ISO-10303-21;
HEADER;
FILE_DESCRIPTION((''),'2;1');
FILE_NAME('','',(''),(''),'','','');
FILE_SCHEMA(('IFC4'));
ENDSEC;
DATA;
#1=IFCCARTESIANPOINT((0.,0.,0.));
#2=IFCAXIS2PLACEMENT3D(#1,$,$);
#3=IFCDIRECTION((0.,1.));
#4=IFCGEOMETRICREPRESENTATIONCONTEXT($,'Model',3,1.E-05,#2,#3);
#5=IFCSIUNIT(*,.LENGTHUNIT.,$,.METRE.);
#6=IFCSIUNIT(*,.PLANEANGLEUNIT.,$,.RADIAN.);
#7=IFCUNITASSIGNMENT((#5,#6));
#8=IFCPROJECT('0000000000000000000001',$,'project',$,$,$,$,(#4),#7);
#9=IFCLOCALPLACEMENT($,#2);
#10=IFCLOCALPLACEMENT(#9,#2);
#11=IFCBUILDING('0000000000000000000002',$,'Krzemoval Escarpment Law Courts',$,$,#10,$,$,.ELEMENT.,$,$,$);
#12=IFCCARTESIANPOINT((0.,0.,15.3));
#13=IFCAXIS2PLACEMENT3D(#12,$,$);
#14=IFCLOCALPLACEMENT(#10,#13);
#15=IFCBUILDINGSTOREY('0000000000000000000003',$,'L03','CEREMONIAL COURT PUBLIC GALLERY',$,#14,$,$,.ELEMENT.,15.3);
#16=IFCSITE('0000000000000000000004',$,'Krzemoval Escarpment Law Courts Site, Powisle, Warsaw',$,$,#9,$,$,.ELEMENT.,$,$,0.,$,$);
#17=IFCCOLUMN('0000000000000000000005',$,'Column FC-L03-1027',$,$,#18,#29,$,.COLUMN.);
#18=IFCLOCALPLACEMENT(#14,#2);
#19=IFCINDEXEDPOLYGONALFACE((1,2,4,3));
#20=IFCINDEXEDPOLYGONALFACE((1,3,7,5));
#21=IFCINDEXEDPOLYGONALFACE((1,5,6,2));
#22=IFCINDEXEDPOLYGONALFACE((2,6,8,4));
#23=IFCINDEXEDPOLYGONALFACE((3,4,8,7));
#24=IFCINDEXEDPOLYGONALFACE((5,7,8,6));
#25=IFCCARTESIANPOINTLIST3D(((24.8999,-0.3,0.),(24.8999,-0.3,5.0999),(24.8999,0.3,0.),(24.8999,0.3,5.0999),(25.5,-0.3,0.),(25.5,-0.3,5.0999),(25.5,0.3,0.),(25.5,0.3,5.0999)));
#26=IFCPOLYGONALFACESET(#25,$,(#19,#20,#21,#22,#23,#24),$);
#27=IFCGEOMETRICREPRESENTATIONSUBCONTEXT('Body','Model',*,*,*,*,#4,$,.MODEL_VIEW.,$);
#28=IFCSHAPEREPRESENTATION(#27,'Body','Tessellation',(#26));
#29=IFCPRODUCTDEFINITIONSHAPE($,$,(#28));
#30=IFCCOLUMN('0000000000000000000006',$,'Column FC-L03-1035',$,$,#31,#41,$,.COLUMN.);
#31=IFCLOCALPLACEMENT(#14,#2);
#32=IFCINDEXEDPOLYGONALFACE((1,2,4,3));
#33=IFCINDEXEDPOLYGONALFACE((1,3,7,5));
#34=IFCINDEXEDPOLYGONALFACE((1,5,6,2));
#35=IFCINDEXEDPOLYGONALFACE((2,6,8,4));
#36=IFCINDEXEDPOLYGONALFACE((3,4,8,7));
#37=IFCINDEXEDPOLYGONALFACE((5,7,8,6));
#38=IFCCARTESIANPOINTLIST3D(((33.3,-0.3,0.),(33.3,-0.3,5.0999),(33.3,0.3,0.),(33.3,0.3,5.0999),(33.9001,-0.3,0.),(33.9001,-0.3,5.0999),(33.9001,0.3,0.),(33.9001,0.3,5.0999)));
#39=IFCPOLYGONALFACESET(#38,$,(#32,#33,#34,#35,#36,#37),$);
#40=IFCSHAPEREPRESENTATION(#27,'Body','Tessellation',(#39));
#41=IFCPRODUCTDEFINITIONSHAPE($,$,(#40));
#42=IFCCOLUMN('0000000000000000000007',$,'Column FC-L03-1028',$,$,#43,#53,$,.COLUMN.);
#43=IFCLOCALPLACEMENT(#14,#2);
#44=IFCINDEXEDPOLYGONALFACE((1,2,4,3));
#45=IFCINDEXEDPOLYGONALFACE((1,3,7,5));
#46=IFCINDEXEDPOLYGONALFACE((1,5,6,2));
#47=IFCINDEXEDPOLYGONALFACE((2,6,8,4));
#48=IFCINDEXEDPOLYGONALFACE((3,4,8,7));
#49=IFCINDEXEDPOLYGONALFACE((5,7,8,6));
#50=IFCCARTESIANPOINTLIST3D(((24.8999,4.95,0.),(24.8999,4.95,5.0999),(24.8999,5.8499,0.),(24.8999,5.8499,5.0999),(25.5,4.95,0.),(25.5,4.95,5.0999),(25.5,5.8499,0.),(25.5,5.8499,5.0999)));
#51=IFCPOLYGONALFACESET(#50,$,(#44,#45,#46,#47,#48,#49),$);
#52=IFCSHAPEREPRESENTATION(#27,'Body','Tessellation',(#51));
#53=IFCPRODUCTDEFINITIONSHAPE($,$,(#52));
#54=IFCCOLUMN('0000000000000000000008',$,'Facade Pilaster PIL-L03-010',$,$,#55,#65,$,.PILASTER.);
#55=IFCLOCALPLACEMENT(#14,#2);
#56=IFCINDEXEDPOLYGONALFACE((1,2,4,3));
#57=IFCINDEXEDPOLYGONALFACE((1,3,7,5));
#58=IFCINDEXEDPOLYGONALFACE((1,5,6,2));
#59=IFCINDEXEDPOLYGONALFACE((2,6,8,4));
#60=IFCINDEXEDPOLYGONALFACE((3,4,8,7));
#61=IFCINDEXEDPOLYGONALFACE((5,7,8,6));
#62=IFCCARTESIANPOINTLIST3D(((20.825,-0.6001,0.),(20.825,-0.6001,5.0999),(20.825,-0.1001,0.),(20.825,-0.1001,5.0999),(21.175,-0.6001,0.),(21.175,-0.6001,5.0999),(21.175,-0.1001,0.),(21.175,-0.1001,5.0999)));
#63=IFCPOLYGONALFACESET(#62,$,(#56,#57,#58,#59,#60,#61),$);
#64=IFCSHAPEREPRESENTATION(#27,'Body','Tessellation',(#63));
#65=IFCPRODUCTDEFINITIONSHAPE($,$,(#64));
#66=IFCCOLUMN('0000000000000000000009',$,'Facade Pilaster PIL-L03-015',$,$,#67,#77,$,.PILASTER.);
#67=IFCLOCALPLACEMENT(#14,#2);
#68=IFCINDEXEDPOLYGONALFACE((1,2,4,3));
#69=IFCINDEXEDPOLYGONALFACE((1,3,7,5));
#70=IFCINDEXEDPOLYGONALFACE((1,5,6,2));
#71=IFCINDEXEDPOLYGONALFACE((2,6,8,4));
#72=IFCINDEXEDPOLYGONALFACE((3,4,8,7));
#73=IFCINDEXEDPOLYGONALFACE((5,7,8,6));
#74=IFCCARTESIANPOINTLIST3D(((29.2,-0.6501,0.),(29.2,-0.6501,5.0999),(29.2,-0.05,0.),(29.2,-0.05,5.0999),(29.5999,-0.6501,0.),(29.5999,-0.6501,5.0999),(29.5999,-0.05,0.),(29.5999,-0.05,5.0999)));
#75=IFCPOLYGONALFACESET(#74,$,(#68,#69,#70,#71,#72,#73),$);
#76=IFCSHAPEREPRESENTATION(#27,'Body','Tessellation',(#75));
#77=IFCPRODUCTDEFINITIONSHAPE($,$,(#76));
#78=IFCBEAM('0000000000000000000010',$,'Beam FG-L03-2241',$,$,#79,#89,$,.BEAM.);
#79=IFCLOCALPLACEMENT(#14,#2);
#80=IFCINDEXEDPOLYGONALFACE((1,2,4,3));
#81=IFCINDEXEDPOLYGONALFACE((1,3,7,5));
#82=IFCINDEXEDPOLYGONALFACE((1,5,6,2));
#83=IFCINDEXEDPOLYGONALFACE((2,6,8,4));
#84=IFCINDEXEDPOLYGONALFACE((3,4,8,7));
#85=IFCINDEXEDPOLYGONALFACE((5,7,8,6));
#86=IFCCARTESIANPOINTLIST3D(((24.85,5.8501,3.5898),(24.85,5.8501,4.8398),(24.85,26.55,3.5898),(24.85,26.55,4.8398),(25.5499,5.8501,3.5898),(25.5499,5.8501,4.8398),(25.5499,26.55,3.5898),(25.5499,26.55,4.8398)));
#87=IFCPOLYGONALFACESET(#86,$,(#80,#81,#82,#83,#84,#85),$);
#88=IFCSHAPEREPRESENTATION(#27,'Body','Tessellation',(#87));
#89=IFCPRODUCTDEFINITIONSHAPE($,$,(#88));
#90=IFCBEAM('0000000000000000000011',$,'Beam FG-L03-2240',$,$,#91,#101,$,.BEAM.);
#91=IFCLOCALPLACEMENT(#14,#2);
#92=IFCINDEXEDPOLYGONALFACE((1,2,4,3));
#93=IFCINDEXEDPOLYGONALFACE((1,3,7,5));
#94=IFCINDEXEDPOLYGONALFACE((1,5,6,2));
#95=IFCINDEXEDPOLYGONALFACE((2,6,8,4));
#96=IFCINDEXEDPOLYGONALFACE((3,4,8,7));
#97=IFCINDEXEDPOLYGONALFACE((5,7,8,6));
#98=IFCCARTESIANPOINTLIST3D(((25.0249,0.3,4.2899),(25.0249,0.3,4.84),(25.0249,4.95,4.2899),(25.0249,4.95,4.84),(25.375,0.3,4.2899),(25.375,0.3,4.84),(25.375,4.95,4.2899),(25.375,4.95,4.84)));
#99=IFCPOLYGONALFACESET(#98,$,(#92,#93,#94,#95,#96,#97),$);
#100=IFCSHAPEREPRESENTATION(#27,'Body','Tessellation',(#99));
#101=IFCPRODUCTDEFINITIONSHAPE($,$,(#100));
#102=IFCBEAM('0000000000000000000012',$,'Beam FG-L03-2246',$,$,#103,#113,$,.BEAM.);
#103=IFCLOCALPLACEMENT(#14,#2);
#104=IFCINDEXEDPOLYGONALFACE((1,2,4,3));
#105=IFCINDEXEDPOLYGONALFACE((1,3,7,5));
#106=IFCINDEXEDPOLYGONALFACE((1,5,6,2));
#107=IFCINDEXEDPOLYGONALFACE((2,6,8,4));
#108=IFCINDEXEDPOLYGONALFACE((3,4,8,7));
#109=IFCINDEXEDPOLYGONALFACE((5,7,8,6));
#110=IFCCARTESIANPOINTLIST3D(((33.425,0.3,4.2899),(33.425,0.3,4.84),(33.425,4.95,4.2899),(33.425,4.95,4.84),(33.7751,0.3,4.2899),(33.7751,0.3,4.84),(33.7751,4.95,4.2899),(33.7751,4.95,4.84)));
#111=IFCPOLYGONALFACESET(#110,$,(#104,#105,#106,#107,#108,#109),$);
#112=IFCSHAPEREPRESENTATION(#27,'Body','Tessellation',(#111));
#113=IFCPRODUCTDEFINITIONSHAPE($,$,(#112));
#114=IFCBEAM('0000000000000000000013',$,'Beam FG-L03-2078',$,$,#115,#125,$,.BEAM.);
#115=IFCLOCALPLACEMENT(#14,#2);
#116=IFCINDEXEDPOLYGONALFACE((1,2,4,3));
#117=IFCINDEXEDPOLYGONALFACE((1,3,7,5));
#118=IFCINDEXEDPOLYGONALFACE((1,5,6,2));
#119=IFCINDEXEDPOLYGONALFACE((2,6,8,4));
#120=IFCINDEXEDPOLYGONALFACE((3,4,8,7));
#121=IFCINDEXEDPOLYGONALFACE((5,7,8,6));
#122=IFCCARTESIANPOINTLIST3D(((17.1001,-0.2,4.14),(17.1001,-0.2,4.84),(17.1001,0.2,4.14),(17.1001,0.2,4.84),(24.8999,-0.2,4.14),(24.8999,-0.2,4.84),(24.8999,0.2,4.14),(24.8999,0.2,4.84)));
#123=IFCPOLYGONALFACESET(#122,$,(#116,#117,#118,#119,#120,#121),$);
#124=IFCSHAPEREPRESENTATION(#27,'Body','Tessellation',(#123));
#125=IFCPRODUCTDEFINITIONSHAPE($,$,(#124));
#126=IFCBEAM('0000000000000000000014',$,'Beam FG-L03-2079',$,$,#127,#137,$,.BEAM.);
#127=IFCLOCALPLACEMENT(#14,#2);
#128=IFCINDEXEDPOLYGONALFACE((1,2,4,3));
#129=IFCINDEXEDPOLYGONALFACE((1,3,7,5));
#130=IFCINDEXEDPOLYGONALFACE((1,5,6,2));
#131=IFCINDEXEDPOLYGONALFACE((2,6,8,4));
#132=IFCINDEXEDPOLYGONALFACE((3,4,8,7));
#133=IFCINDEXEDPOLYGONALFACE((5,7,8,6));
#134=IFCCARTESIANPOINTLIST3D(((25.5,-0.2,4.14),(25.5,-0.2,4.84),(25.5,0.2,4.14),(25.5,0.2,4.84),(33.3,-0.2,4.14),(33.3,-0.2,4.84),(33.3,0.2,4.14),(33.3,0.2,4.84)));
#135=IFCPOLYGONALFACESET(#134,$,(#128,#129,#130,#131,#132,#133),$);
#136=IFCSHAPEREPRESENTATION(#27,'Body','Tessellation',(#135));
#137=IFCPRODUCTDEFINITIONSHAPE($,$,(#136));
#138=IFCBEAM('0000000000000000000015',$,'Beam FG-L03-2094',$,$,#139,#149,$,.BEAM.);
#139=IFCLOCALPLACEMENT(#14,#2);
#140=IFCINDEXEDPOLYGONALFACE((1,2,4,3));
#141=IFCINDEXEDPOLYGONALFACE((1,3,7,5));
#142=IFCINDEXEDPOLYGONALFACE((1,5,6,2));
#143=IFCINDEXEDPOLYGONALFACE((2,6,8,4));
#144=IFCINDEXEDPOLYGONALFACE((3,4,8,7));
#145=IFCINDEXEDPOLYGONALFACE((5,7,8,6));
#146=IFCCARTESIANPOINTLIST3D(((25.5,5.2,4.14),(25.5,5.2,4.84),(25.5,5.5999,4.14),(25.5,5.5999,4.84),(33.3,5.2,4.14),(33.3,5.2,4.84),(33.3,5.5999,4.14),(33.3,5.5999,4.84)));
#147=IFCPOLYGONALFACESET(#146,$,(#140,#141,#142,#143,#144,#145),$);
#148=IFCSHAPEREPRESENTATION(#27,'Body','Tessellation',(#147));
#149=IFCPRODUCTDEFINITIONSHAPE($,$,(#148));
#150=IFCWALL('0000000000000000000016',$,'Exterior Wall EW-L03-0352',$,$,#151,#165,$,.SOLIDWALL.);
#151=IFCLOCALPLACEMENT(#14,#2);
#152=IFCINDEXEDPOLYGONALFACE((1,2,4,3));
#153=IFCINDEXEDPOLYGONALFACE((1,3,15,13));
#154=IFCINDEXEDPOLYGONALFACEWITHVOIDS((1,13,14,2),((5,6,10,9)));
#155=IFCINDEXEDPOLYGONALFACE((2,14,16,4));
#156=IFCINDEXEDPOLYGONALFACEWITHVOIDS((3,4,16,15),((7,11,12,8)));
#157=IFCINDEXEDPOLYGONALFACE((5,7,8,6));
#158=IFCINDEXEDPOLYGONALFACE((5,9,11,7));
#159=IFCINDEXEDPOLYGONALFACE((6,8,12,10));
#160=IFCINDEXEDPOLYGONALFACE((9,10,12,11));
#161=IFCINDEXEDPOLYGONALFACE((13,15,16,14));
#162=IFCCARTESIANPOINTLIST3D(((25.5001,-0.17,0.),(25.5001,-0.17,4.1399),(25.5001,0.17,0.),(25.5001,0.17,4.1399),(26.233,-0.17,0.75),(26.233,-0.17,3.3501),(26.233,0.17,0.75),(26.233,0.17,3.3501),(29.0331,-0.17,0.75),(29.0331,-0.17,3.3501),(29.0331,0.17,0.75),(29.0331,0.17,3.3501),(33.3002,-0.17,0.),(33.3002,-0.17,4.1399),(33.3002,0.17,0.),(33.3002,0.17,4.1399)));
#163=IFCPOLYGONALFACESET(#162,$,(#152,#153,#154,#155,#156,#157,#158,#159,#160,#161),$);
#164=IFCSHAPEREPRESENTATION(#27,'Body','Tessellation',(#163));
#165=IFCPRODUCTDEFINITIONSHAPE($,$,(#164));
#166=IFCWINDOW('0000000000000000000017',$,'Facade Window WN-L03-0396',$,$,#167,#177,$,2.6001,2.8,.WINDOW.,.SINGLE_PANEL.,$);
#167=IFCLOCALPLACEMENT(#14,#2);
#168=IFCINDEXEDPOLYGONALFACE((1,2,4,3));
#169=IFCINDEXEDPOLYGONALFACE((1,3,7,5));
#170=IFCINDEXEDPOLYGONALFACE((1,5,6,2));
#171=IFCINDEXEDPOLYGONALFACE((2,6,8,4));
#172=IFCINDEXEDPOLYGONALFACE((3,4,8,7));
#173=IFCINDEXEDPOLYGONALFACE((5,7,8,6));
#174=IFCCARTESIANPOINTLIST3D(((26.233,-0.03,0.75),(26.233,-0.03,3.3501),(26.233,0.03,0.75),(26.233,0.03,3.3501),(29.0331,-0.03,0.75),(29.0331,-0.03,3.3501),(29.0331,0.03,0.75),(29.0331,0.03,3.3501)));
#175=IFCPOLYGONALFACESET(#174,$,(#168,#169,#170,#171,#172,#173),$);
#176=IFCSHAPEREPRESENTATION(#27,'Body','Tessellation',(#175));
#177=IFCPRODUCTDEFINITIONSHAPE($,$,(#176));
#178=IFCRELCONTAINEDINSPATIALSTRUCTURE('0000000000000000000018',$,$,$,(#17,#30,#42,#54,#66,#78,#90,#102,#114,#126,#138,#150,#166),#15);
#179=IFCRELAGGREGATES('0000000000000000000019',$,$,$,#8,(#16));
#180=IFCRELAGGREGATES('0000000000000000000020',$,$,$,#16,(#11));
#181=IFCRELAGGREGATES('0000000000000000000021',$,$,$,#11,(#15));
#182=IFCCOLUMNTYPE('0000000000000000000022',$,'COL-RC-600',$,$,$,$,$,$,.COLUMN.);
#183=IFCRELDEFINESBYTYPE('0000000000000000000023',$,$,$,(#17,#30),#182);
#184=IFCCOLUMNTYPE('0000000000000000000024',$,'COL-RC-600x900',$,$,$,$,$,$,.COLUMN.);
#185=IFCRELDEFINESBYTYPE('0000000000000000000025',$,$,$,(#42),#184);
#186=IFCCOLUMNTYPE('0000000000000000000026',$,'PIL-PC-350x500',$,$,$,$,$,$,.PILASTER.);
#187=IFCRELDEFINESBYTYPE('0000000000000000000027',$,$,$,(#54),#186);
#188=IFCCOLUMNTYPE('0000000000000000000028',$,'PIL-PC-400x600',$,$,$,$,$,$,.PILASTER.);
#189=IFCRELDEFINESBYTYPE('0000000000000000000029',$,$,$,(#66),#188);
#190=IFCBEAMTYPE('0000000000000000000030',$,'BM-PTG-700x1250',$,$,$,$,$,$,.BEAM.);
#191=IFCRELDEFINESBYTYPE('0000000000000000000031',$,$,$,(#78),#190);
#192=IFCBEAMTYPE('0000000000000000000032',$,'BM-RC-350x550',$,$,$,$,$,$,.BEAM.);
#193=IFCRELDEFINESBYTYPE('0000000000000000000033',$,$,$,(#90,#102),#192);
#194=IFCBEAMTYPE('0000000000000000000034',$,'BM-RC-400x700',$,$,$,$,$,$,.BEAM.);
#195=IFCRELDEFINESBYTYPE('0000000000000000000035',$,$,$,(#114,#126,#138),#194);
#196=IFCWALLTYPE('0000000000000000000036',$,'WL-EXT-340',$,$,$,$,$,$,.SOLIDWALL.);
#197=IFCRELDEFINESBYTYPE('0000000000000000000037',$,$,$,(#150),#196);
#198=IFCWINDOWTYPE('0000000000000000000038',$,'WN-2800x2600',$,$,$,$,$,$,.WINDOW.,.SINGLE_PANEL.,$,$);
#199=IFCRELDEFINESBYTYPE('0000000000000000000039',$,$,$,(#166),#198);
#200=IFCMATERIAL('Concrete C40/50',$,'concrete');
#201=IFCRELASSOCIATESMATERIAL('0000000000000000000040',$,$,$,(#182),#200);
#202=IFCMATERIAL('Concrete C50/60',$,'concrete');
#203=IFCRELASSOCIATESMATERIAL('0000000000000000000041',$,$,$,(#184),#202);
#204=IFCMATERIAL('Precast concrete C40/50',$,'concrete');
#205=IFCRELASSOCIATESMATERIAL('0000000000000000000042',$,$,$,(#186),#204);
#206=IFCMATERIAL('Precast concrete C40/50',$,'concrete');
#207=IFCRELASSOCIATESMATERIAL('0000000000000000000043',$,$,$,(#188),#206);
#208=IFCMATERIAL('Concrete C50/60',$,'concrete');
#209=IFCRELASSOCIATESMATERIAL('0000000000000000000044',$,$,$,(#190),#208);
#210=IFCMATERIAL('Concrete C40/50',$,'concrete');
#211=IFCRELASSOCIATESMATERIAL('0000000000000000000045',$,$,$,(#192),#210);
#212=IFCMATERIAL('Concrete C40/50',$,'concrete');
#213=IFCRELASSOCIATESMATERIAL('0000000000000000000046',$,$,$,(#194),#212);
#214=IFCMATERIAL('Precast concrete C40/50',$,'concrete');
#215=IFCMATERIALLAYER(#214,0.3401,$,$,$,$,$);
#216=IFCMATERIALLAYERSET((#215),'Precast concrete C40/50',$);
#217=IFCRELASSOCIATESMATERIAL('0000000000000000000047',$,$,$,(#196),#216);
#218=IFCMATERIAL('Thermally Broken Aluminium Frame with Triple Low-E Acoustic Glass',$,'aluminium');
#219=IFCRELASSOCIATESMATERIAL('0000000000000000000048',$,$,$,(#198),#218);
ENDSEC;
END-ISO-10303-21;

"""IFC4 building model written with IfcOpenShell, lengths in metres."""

from ifc_helpers import new_model, si_unit, direction, frame, frame_2d, origin, origin_2d, place, context, subcontext, project, spatial, rectangle, extrude, material, layer, layer_set, material_profile, profile_set, type_object, element, fill, save


model = new_model("IFC4")

# Units and contexts
model_context = context("Model", 3, precision=1e-05, world=origin(), true_north=direction((0.0, 1.0)))
body_context = subcontext(model_context, "Body", "Model", "MODEL_VIEW")
ifc_project = project(units=[si_unit("LENGTHUNIT", "METRE"), si_unit("PLANEANGLEUNIT", "RADIAN")], contexts=[model_context])

# Site, building, storey
site_placement = place(None, origin())
site = spatial("IfcSite", under=ifc_project, at=site_placement, Name="Krzemoval Escarpment Law Courts Site, Powisle, Warsaw", CompositionType="ELEMENT", RefElevation=0.0)
building_placement = place(site_placement, origin())
building = spatial("IfcBuilding", under=site, at=building_placement, Name="Krzemoval Escarpment Law Courts", CompositionType="ELEMENT")
storey_placement = place(building_placement, frame((0.0, 0.0, 15.3)))
storey = spatial("IfcBuildingStorey", under=building, at=storey_placement, Name="L03", Description="CEREMONIAL COURT PUBLIC GALLERY", CompositionType="ELEMENT", Elevation=15.3)

# Columns
ifc_material_1 = material(Name="Concrete C40/50", Category="concrete")
ifc_material_profile_1 = material_profile(ifc_material_1, rectangle(XDim=0.6001, YDim=0.6001, at=origin_2d()), Name="RC 600x600")
ifc_profile_set_1 = profile_set([ifc_material_profile_1], Name="Concrete C40/50")
column_type_1 = type_object("IfcColumnType", Name="COL-RC-600", PredefinedType="COLUMN", material=ifc_profile_set_1)
for number, where, z_axis, x_axis, name in (
    (1, (25.2, 0.0, 0.0), (0.0, 0.0, 1.0), (1.0, 0.0, 0.0), "Column FC-L03-1027"),
    (2, (33.6001, 0.0, 0.0), (0.0, 0.0, 1.0), (1.0, 0.0, 0.0), "Column FC-L03-1035"),
):
    element("IfcColumn", number, at=place(storey_placement, frame(where, z_axis=z_axis, x_axis=x_axis)), inside=storey, type_object=column_type_1, Name=name, PredefinedType="COLUMN", context=body_context, shape_type="SweptSolid", body=[
        extrude(rectangle(XDim=0.6001, YDim=0.6001, at=origin_2d()), origin(), (0.0, 0.0, 1.0), 5.0999),
    ])
ifc_material_2 = material(Name="Concrete C50/60", Category="concrete")
ifc_material_profile_2 = material_profile(ifc_material_2, rectangle(XDim=0.6001, YDim=0.8999, at=origin_2d()), Name="RC 600x900")
ifc_profile_set_2 = profile_set([ifc_material_profile_2], Name="Concrete C50/60")
column_type_2 = type_object("IfcColumnType", Name="COL-RC-600x900", PredefinedType="COLUMN", material=ifc_profile_set_2)
column_1_placement = place(storey_placement, frame((25.2, 5.3999, 0.0), z_axis=(0.0, 0.0, 1.0), x_axis=(1.0, 0.0, 0.0)))
element("IfcColumn", 3, at=column_1_placement, inside=storey, type_object=column_type_2, Name="Column FC-L03-1028", PredefinedType="COLUMN", context=body_context, shape_type="SweptSolid", body=[
    extrude(rectangle(XDim=0.6001, YDim=0.8999, at=origin_2d()), origin(), (0.0, 0.0, 1.0), 5.0999),
])
ifc_material_3 = material(Name="Precast concrete C40/50", Category="concrete")
ifc_material_profile_3 = material_profile(ifc_material_3, rectangle(XDim=0.3501, YDim=0.5, at=origin_2d()), Name="PIL 350x500")
ifc_profile_set_3 = profile_set([ifc_material_profile_3], Name="Precast concrete C40/50")
column_type_3 = type_object("IfcColumnType", Name="PIL-PC-350x500", PredefinedType="PILASTER", material=ifc_profile_set_3)
column_2_placement = place(storey_placement, frame((21.0, -0.3501, 0.0), z_axis=(0.0, 0.0, 1.0), x_axis=(1.0, 0.0, 0.0)))
element("IfcColumn", 4, at=column_2_placement, inside=storey, type_object=column_type_3, Name="Facade Pilaster PIL-L03-010", PredefinedType="PILASTER", context=body_context, shape_type="SweptSolid", body=[
    extrude(rectangle(XDim=0.3501, YDim=0.5, at=origin_2d()), origin(), (0.0, 0.0, 1.0), 5.0999),
])
ifc_material_4 = material(Name="Precast concrete C40/50", Category="concrete")
ifc_material_profile_4 = material_profile(ifc_material_4, rectangle(XDim=0.3999, YDim=0.6001, at=origin_2d()), Name="PIL 400x600")
ifc_profile_set_4 = profile_set([ifc_material_profile_4], Name="Precast concrete C40/50")
column_type_4 = type_object("IfcColumnType", Name="PIL-PC-400x600", PredefinedType="PILASTER", material=ifc_profile_set_4)
column_3_placement = place(storey_placement, frame((29.3999, -0.3501, 0.0), z_axis=(0.0, 0.0, 1.0), x_axis=(1.0, 0.0, 0.0)))
element("IfcColumn", 5, at=column_3_placement, inside=storey, type_object=column_type_4, Name="Facade Pilaster PIL-L03-015", PredefinedType="PILASTER", context=body_context, shape_type="SweptSolid", body=[
    extrude(rectangle(XDim=0.3999, YDim=0.6001, at=origin_2d()), origin(), (0.0, 0.0, 1.0), 5.0999),
])

# Beams
ifc_material_5 = material(Name="Concrete C50/60", Category="concrete")
ifc_material_profile_5 = material_profile(ifc_material_5, rectangle(XDim=0.7, YDim=1.25, at=origin_2d()), Name="PTG 700x1250")
ifc_profile_set_5 = profile_set([ifc_material_profile_5], Name="Concrete C50/60")
beam_type_1 = type_object("IfcBeamType", Name="BM-PTG-700x1250", PredefinedType="BEAM", material=ifc_profile_set_5)
beam_1_placement = place(storey_placement, frame((25.2, 5.8501, 4.2148), z_axis=(0.0, 1.0, 0.0), x_axis=(-1.0, 0.0, 0.0)))
element("IfcBeam", 6, at=beam_1_placement, inside=storey, type_object=beam_type_1, Name="Beam FG-L03-2241", PredefinedType="BEAM", context=body_context, shape_type="SweptSolid", body=[
    extrude(rectangle(XDim=0.7, YDim=1.25, at=origin_2d()), origin(), (0.0, 0.0, 1.0), 20.7),
])
ifc_material_6 = material(Name="Concrete C40/50", Category="concrete")
ifc_material_profile_6 = material_profile(ifc_material_6, rectangle(XDim=0.3501, YDim=0.55, at=origin_2d()), Name="RCB 350x550")
ifc_profile_set_6 = profile_set([ifc_material_profile_6], Name="Concrete C40/50")
beam_type_2 = type_object("IfcBeamType", Name="BM-RC-350x550", PredefinedType="BEAM", material=ifc_profile_set_6)
for number, where, z_axis, x_axis, name in (
    (7, (25.2, 0.3, 4.5649), (0.0, 1.0, 0.0), (-1.0, 0.0, 0.0), "Beam FG-L03-2240"),
    (8, (33.6001, 0.3, 4.5649), (0.0, 1.0, 0.0), (-1.0, 0.0, 0.0), "Beam FG-L03-2246"),
):
    element("IfcBeam", number, at=place(storey_placement, frame(where, z_axis=z_axis, x_axis=x_axis)), inside=storey, type_object=beam_type_2, Name=name, PredefinedType="BEAM", context=body_context, shape_type="SweptSolid", body=[
        extrude(rectangle(XDim=0.3501, YDim=0.55, at=origin_2d()), origin(), (0.0, 0.0, 1.0), 4.6499),
    ])
ifc_material_7 = material(Name="Concrete C40/50", Category="concrete")
ifc_material_profile_7 = material_profile(ifc_material_7, rectangle(XDim=0.3999, YDim=0.7, at=origin_2d()), Name="RCB 400x700")
ifc_profile_set_7 = profile_set([ifc_material_profile_7], Name="Concrete C40/50")
beam_type_3 = type_object("IfcBeamType", Name="BM-RC-400x700", PredefinedType="BEAM", material=ifc_profile_set_7)
beam_2_placement = place(storey_placement, frame((17.1001, 0.0, 4.49), z_axis=(1.0, 0.0, 0.0), x_axis=(0.0, 1.0, 0.0)))
element("IfcBeam", 9, at=beam_2_placement, inside=storey, type_object=beam_type_3, Name="Beam FG-L03-2078", PredefinedType="BEAM", context=body_context, shape_type="SweptSolid", body=[
    extrude(rectangle(XDim=0.3999, YDim=0.7, at=origin_2d()), origin(), (0.0, 0.0, 1.0), 7.7998),
])
for number, where, z_axis, x_axis, name in (
    (10, (25.5, 0.0, 4.49), (1.0, 0.0, 0.0), (0.0, 1.0, 0.0), "Beam FG-L03-2079"),
    (11, (25.5, 5.3999, 4.49), (1.0, 0.0, 0.0), (0.0, 1.0, 0.0), "Beam FG-L03-2094"),
):
    element("IfcBeam", number, at=place(storey_placement, frame(where, z_axis=z_axis, x_axis=x_axis)), inside=storey, type_object=beam_type_3, Name=name, PredefinedType="BEAM", context=body_context, shape_type="SweptSolid", body=[
        extrude(rectangle(XDim=0.3999, YDim=0.7, at=origin_2d()), origin(), (0.0, 0.0, 1.0), 7.8),
    ])

# Wall, opening, window
ifc_material_8 = material(Name="Precast concrete C40/50", Category="concrete")
ifc_layer_1 = layer(ifc_material_8, 0.3401)
ifc_layer_set_1 = layer_set([ifc_layer_1], Name="Precast concrete C40/50")
wall_type_1 = type_object("IfcWallType", Name="WL-EXT-340", PredefinedType="SOLIDWALL", material=ifc_layer_set_1)
wall_1_placement = place(storey_placement, frame((33.3, 0.0, 0.0), z_axis=(0.0, 0.0, 1.0), x_axis=(-1.0, 0.0, 0.0)))
wall_1 = element("IfcWall", 12, at=wall_1_placement, inside=storey, type_object=wall_type_1, Name="Exterior Wall EW-L03-0352", PredefinedType="SOLIDWALL", context=body_context, shape_type="SweptSolid", body=[
    extrude(rectangle(XDim=7.8, YDim=0.3401, at=frame_2d((3.8999, 0.0))), origin(), (0.0, 0.0, 1.0), 4.1399),
])
opening_1_placement = place(wall_1_placement, frame((4.2671, 0.0, 0.75)))
opening_1 = element("IfcOpeningElement", 13, at=opening_1_placement, cuts=wall_1, PredefinedType="OPENING", context=body_context, shape_type="SweptSolid", body=[
    extrude(rectangle(XDim=2.8, YDim=2.6001, at=frame_2d((1.3999, 1.3))), frame((0.0, 0.185, 0.0), z_axis=(0.0, -1.0, 0.0), x_axis=(1.0, 0.0, 0.0)), (0.0, 0.0, 1.0), 0.3701),
])
ifc_material_9 = material(Name="Thermally Broken Aluminium Frame with Triple Low-E Acoustic Glass", Category="aluminium")
window_type = type_object("IfcWindowType", Name="WN-2800x2600", PartitioningType="SINGLE_PANEL", PredefinedType="WINDOW", material=ifc_material_9)
window_1_placement = place(opening_1_placement, origin())
window_1 = element("IfcWindow", 14, at=window_1_placement, inside=storey, type_object=window_type, Name="Facade Window WN-L03-0396", OverallHeight=2.6001, OverallWidth=2.8, PartitioningType="SINGLE_PANEL", PredefinedType="WINDOW", context=body_context, shape_type="SweptSolid", body=[
    extrude(rectangle(XDim=2.8, YDim=2.6001, at=frame_2d((1.3999, 1.3))), frame((0.0, 0.03, 0.0), z_axis=(0.0, -1.0, 0.0), x_axis=(1.0, 0.0, 0.0)), (0.0, 0.0, 1.0), 0.0601),
])
fill(opening_1, window_1)

save(model, "model.ifc")
